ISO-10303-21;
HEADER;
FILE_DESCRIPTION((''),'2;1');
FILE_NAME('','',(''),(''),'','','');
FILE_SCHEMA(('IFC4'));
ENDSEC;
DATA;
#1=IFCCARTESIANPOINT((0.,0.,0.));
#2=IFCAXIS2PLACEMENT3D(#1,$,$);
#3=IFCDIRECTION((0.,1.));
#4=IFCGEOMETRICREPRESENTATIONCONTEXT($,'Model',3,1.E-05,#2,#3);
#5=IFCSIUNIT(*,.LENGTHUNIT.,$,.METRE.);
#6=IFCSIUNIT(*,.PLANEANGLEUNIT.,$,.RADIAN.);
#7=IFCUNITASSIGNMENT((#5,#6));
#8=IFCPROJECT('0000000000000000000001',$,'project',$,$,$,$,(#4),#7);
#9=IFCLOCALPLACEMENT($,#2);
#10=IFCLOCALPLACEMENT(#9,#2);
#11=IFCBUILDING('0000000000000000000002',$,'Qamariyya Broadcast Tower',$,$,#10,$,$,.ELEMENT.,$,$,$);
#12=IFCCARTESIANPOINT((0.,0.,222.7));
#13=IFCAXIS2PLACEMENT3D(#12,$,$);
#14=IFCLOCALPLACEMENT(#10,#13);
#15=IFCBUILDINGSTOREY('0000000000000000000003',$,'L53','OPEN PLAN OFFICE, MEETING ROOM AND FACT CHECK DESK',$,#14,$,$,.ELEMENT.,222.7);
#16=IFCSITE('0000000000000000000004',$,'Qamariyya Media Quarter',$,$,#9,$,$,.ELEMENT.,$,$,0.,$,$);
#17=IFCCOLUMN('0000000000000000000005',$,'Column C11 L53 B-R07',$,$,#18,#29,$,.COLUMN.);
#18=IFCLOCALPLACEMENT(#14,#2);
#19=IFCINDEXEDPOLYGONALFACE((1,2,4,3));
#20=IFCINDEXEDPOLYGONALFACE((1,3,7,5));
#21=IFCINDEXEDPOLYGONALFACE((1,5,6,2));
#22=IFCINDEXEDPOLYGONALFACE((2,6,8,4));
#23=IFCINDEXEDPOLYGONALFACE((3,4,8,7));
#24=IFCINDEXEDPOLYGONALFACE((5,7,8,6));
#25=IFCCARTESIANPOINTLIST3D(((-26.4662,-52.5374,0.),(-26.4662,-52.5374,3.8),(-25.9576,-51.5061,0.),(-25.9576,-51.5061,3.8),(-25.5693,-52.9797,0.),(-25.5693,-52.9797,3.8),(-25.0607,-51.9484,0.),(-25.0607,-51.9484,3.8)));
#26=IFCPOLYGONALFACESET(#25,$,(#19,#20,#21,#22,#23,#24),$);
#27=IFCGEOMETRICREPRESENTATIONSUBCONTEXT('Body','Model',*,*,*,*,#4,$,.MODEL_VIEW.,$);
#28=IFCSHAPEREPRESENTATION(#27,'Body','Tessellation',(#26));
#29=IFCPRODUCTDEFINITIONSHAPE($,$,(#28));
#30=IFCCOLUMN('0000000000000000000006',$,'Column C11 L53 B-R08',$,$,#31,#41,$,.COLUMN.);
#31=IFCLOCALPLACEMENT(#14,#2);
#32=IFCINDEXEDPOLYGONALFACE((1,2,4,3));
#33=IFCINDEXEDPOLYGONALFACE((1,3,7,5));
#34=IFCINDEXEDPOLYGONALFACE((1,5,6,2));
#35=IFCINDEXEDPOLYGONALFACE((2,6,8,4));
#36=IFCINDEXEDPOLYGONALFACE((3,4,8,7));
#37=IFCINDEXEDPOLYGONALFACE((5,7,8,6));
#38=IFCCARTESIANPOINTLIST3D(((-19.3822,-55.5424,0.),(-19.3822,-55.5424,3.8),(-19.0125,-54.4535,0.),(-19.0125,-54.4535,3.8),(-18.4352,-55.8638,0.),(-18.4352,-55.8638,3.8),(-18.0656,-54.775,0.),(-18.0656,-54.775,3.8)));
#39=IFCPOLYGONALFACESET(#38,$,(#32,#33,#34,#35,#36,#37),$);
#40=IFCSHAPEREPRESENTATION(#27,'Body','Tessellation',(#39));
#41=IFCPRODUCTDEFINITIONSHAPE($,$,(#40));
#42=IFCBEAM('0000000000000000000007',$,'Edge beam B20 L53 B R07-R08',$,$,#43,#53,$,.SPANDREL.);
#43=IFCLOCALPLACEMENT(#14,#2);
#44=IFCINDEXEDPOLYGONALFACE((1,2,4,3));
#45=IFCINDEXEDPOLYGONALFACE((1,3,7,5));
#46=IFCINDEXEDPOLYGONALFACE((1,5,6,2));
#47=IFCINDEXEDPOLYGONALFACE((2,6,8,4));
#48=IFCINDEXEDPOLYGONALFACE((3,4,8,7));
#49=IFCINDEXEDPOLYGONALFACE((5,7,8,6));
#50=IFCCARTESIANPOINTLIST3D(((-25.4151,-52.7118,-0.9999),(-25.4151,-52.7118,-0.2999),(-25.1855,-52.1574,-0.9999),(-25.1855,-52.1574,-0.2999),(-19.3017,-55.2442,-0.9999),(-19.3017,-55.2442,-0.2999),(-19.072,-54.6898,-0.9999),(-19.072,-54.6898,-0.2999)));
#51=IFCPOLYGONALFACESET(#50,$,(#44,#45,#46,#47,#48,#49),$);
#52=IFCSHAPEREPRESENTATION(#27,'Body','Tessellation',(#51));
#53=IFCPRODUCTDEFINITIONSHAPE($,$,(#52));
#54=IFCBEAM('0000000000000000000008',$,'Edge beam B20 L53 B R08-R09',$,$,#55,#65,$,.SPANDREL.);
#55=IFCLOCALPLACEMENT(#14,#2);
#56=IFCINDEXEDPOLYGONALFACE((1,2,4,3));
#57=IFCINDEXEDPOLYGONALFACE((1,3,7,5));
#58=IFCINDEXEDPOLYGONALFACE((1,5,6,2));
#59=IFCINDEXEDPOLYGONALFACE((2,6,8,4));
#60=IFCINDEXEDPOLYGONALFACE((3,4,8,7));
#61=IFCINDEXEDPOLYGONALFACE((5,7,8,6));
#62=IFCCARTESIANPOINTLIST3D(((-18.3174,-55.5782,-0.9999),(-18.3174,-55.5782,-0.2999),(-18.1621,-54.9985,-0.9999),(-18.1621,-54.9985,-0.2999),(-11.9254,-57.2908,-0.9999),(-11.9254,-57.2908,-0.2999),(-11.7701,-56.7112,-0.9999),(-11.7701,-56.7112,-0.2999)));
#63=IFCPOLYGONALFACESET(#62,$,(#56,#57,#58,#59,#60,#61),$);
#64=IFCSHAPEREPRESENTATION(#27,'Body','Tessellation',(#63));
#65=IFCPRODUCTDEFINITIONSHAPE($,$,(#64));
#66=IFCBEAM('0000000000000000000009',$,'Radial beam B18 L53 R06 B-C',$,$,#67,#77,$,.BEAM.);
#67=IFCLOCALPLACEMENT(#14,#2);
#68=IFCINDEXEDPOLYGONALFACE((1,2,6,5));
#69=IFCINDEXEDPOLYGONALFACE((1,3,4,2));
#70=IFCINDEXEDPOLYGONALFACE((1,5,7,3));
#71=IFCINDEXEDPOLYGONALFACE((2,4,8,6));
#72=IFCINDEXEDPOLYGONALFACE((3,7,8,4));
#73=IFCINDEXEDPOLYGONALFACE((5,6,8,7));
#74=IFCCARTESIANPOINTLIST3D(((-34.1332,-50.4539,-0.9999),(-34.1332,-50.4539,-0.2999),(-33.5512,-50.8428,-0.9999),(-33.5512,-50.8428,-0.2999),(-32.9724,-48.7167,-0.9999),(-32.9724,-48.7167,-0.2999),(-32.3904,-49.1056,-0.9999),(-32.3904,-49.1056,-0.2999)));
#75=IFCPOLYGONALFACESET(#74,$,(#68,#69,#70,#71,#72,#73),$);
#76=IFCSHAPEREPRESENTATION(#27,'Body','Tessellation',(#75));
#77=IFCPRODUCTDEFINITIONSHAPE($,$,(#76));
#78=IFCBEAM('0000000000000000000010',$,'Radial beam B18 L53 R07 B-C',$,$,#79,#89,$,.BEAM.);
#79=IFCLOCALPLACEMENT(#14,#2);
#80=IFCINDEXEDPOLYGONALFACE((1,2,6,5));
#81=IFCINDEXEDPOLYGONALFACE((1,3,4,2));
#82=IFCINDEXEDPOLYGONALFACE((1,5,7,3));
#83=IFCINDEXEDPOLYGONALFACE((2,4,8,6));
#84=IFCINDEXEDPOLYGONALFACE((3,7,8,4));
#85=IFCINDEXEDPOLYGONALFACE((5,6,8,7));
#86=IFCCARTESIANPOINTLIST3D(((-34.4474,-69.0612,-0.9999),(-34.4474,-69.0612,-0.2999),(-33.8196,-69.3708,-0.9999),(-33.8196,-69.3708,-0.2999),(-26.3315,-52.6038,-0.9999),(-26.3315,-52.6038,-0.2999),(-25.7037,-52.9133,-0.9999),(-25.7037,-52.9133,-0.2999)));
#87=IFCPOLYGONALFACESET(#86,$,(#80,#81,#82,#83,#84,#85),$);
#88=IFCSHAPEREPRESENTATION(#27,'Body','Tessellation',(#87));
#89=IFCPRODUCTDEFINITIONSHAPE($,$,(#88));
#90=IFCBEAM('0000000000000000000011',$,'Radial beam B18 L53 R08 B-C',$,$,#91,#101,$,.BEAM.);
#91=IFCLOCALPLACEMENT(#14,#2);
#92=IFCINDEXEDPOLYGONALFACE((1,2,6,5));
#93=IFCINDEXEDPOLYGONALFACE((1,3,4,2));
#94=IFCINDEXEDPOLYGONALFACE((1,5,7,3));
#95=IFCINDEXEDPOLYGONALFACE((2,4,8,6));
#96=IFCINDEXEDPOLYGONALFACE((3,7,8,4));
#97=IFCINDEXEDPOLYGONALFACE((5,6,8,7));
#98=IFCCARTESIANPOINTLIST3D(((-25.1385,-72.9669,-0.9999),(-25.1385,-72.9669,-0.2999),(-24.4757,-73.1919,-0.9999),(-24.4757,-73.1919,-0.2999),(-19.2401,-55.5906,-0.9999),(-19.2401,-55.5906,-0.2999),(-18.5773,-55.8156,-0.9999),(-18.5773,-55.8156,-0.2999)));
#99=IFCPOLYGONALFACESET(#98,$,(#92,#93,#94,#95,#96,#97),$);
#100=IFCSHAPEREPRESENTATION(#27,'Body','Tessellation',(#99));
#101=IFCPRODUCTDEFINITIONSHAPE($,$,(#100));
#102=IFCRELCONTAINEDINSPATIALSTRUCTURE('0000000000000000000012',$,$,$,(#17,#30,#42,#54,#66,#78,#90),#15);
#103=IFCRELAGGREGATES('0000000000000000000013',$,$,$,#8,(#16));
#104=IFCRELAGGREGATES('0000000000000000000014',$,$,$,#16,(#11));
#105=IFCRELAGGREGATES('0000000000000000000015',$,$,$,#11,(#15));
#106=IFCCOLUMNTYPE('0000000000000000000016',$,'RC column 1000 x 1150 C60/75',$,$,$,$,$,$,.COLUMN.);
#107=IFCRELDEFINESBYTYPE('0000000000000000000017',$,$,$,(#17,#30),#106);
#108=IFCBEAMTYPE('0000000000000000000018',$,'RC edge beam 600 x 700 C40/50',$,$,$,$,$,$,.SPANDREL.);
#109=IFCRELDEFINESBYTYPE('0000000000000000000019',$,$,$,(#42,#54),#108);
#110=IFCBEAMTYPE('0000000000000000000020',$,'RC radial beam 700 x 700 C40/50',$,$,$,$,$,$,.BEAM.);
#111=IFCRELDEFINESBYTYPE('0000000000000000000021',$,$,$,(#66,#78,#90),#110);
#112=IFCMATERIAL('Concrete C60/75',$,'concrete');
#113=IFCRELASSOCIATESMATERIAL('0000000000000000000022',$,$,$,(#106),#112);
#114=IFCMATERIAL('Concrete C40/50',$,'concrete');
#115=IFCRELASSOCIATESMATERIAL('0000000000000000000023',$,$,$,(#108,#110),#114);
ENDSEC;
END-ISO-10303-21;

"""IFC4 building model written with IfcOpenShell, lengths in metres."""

from ifc_helpers import new_model, si_unit, direction, frame, origin, origin_2d, place, context, subcontext, project, spatial, rectangle, extrude, material, material_profile, profile_set, type_object, element, save


model = new_model("IFC4")

# Units and contexts
model_context = context("Model", 3, precision=1e-05, world=origin(), true_north=direction((0.0, 1.0)))
body_context = subcontext(model_context, "Body", "Model", "MODEL_VIEW")
ifc_project = project(units=[si_unit("LENGTHUNIT", "METRE"), si_unit("PLANEANGLEUNIT", "RADIAN")], contexts=[model_context])

# Site, building, storey
site_placement = place(None, origin())
site = spatial("IfcSite", under=ifc_project, at=site_placement, Name="Qamariyya Media Quarter", CompositionType="ELEMENT", RefElevation=0.0)
building_placement = place(site_placement, origin())
building = spatial("IfcBuilding", under=site, at=building_placement, Name="Qamariyya Broadcast Tower", CompositionType="ELEMENT")
storey_placement = place(building_placement, frame((0.0, 0.0, 222.7)))
storey = spatial("IfcBuildingStorey", under=building, at=storey_placement, Name="L53", Description="OPEN PLAN OFFICE, MEETING ROOM AND FACT CHECK DESK", CompositionType="ELEMENT", Elevation=222.7)

# Columns
ifc_material_1 = material(Name="Concrete C60/75", Category="concrete")
ifc_material_profile_1 = material_profile(ifc_material_1, rectangle(XDim=1.0, YDim=1.1499, at=origin_2d()))
ifc_profile_set_1 = profile_set([ifc_material_profile_1], Name="Concrete C60/75")
column_type = type_object("IfcColumnType", Name="RC column 1000 x 1150 C60/75", PredefinedType="COLUMN", material=ifc_profile_set_1)
for number, where, z_axis, x_axis, name in (
    (1, (-25.7634, -52.2429, 0.0), (0.0, 0.0, 1.0), (0.896873, -0.442289, 0.0), "Column C11 L53 B-R07"),
    (2, (-18.7239, -55.1587, 0.0), (0.0, 0.0, 1.0), (0.94693, -0.321439, 0.0), "Column C11 L53 B-R08"),
):
    element("IfcColumn", number, at=place(storey_placement, frame(where, z_axis=z_axis, x_axis=x_axis)), inside=storey, type_object=column_type, Name=name, PredefinedType="COLUMN", context=body_context, shape_type="SweptSolid", body=[
        extrude(rectangle(XDim=1.0, YDim=1.1499, at=origin_2d()), origin(), (0.0, 0.0, 1.0), 3.8),
    ])

# Beams
ifc_material_2 = material(Name="Concrete C40/50", Category="concrete")
ifc_material_profile_2 = material_profile(ifc_material_2, rectangle(XDim=0.6001, YDim=0.7, at=origin_2d()))
ifc_profile_set_2 = profile_set([ifc_material_profile_2], Name="Concrete C40/50")
beam_type_1 = type_object("IfcBeamType", Name="RC edge beam 600 x 700 C40/50", PredefinedType="SPANDREL", material=ifc_profile_set_2)
beam_1_placement = place(storey_placement, frame((-25.3003, -52.4346, -0.6499), z_axis=(0.923871, -0.382705, 0.0), x_axis=(0.382705, 0.923871, 0.0)))
element("IfcBeam", 3, at=beam_1_placement, inside=storey, type_object=beam_type_1, Name="Edge beam B20 L53 B R07-R08", PredefinedType="SPANDREL", context=body_context, shape_type="SweptSolid", body=[
    extrude(rectangle(XDim=0.6001, YDim=0.7, at=origin_2d()), origin(), (0.0, 0.0, 1.0), 6.6172),
])
beam_2_placement = place(storey_placement, frame((-18.2397, -55.2883, -0.6499), z_axis=(0.965927, -0.258813, 0.0), x_axis=(0.258813, 0.965927, 0.0)))
element("IfcBeam", 4, at=beam_2_placement, inside=storey, type_object=beam_type_1, Name="Edge beam B20 L53 B R08-R09", PredefinedType="SPANDREL", context=body_context, shape_type="SweptSolid", body=[
    extrude(rectangle(XDim=0.6001, YDim=0.7, at=origin_2d()), origin(), (0.0, 0.0, 1.0), 6.6174),
])
ifc_material_profile_3 = material_profile(ifc_material_2, rectangle(XDim=0.7, YDim=0.7, at=origin_2d()))
ifc_profile_set_3 = profile_set([ifc_material_profile_3], Name="Concrete C40/50")
beam_type_2 = type_object("IfcBeamType", Name="RC radial beam 700 x 700 C40/50", PredefinedType="BEAM", material=ifc_profile_set_3)
beam_3_placement = place(storey_placement, frame((-32.6814, -48.9111, -0.6499), z_axis=(-0.55559, -0.831457, 0.0), x_axis=(0.831457, -0.55559, 0.0)))
element("IfcBeam", 5, at=beam_3_placement, inside=storey, type_object=beam_type_2, Name="Radial beam B18 L53 R06 B-C", PredefinedType="BEAM", context=body_context, shape_type="SweptSolid", body=[
    extrude(rectangle(XDim=0.7, YDim=0.7, at=origin_2d()), origin(), (0.0, 0.0, 1.0), 2.0894),
])
beam_4_placement = place(storey_placement, frame((-26.0176, -52.7585, -0.6499), z_axis=(-0.442289, -0.896872, 0.0), x_axis=(0.896872, -0.442289, 0.0)))
element("IfcBeam", 6, at=beam_4_placement, inside=storey, type_object=beam_type_2, Name="Radial beam B18 L53 R07 B-C", PredefinedType="BEAM", context=body_context, shape_type="SweptSolid", body=[
    extrude(rectangle(XDim=0.7, YDim=0.7, at=origin_2d()), origin(), (0.0, 0.0, 1.0), 18.3499),
])
beam_5_placement = place(storey_placement, frame((-18.9087, -55.7031, -0.6499), z_axis=(-0.32144, -0.94693, 0.0), x_axis=(0.94693, -0.32144, 0.0)))
element("IfcBeam", 7, at=beam_5_placement, inside=storey, type_object=beam_type_2, Name="Radial beam B18 L53 R08 B-C", PredefinedType="BEAM", context=body_context, shape_type="SweptSolid", body=[
    extrude(rectangle(XDim=0.7, YDim=0.7, at=origin_2d()), origin(), (0.0, 0.0, 1.0), 18.3501),
])

save(model, "model.ifc")
